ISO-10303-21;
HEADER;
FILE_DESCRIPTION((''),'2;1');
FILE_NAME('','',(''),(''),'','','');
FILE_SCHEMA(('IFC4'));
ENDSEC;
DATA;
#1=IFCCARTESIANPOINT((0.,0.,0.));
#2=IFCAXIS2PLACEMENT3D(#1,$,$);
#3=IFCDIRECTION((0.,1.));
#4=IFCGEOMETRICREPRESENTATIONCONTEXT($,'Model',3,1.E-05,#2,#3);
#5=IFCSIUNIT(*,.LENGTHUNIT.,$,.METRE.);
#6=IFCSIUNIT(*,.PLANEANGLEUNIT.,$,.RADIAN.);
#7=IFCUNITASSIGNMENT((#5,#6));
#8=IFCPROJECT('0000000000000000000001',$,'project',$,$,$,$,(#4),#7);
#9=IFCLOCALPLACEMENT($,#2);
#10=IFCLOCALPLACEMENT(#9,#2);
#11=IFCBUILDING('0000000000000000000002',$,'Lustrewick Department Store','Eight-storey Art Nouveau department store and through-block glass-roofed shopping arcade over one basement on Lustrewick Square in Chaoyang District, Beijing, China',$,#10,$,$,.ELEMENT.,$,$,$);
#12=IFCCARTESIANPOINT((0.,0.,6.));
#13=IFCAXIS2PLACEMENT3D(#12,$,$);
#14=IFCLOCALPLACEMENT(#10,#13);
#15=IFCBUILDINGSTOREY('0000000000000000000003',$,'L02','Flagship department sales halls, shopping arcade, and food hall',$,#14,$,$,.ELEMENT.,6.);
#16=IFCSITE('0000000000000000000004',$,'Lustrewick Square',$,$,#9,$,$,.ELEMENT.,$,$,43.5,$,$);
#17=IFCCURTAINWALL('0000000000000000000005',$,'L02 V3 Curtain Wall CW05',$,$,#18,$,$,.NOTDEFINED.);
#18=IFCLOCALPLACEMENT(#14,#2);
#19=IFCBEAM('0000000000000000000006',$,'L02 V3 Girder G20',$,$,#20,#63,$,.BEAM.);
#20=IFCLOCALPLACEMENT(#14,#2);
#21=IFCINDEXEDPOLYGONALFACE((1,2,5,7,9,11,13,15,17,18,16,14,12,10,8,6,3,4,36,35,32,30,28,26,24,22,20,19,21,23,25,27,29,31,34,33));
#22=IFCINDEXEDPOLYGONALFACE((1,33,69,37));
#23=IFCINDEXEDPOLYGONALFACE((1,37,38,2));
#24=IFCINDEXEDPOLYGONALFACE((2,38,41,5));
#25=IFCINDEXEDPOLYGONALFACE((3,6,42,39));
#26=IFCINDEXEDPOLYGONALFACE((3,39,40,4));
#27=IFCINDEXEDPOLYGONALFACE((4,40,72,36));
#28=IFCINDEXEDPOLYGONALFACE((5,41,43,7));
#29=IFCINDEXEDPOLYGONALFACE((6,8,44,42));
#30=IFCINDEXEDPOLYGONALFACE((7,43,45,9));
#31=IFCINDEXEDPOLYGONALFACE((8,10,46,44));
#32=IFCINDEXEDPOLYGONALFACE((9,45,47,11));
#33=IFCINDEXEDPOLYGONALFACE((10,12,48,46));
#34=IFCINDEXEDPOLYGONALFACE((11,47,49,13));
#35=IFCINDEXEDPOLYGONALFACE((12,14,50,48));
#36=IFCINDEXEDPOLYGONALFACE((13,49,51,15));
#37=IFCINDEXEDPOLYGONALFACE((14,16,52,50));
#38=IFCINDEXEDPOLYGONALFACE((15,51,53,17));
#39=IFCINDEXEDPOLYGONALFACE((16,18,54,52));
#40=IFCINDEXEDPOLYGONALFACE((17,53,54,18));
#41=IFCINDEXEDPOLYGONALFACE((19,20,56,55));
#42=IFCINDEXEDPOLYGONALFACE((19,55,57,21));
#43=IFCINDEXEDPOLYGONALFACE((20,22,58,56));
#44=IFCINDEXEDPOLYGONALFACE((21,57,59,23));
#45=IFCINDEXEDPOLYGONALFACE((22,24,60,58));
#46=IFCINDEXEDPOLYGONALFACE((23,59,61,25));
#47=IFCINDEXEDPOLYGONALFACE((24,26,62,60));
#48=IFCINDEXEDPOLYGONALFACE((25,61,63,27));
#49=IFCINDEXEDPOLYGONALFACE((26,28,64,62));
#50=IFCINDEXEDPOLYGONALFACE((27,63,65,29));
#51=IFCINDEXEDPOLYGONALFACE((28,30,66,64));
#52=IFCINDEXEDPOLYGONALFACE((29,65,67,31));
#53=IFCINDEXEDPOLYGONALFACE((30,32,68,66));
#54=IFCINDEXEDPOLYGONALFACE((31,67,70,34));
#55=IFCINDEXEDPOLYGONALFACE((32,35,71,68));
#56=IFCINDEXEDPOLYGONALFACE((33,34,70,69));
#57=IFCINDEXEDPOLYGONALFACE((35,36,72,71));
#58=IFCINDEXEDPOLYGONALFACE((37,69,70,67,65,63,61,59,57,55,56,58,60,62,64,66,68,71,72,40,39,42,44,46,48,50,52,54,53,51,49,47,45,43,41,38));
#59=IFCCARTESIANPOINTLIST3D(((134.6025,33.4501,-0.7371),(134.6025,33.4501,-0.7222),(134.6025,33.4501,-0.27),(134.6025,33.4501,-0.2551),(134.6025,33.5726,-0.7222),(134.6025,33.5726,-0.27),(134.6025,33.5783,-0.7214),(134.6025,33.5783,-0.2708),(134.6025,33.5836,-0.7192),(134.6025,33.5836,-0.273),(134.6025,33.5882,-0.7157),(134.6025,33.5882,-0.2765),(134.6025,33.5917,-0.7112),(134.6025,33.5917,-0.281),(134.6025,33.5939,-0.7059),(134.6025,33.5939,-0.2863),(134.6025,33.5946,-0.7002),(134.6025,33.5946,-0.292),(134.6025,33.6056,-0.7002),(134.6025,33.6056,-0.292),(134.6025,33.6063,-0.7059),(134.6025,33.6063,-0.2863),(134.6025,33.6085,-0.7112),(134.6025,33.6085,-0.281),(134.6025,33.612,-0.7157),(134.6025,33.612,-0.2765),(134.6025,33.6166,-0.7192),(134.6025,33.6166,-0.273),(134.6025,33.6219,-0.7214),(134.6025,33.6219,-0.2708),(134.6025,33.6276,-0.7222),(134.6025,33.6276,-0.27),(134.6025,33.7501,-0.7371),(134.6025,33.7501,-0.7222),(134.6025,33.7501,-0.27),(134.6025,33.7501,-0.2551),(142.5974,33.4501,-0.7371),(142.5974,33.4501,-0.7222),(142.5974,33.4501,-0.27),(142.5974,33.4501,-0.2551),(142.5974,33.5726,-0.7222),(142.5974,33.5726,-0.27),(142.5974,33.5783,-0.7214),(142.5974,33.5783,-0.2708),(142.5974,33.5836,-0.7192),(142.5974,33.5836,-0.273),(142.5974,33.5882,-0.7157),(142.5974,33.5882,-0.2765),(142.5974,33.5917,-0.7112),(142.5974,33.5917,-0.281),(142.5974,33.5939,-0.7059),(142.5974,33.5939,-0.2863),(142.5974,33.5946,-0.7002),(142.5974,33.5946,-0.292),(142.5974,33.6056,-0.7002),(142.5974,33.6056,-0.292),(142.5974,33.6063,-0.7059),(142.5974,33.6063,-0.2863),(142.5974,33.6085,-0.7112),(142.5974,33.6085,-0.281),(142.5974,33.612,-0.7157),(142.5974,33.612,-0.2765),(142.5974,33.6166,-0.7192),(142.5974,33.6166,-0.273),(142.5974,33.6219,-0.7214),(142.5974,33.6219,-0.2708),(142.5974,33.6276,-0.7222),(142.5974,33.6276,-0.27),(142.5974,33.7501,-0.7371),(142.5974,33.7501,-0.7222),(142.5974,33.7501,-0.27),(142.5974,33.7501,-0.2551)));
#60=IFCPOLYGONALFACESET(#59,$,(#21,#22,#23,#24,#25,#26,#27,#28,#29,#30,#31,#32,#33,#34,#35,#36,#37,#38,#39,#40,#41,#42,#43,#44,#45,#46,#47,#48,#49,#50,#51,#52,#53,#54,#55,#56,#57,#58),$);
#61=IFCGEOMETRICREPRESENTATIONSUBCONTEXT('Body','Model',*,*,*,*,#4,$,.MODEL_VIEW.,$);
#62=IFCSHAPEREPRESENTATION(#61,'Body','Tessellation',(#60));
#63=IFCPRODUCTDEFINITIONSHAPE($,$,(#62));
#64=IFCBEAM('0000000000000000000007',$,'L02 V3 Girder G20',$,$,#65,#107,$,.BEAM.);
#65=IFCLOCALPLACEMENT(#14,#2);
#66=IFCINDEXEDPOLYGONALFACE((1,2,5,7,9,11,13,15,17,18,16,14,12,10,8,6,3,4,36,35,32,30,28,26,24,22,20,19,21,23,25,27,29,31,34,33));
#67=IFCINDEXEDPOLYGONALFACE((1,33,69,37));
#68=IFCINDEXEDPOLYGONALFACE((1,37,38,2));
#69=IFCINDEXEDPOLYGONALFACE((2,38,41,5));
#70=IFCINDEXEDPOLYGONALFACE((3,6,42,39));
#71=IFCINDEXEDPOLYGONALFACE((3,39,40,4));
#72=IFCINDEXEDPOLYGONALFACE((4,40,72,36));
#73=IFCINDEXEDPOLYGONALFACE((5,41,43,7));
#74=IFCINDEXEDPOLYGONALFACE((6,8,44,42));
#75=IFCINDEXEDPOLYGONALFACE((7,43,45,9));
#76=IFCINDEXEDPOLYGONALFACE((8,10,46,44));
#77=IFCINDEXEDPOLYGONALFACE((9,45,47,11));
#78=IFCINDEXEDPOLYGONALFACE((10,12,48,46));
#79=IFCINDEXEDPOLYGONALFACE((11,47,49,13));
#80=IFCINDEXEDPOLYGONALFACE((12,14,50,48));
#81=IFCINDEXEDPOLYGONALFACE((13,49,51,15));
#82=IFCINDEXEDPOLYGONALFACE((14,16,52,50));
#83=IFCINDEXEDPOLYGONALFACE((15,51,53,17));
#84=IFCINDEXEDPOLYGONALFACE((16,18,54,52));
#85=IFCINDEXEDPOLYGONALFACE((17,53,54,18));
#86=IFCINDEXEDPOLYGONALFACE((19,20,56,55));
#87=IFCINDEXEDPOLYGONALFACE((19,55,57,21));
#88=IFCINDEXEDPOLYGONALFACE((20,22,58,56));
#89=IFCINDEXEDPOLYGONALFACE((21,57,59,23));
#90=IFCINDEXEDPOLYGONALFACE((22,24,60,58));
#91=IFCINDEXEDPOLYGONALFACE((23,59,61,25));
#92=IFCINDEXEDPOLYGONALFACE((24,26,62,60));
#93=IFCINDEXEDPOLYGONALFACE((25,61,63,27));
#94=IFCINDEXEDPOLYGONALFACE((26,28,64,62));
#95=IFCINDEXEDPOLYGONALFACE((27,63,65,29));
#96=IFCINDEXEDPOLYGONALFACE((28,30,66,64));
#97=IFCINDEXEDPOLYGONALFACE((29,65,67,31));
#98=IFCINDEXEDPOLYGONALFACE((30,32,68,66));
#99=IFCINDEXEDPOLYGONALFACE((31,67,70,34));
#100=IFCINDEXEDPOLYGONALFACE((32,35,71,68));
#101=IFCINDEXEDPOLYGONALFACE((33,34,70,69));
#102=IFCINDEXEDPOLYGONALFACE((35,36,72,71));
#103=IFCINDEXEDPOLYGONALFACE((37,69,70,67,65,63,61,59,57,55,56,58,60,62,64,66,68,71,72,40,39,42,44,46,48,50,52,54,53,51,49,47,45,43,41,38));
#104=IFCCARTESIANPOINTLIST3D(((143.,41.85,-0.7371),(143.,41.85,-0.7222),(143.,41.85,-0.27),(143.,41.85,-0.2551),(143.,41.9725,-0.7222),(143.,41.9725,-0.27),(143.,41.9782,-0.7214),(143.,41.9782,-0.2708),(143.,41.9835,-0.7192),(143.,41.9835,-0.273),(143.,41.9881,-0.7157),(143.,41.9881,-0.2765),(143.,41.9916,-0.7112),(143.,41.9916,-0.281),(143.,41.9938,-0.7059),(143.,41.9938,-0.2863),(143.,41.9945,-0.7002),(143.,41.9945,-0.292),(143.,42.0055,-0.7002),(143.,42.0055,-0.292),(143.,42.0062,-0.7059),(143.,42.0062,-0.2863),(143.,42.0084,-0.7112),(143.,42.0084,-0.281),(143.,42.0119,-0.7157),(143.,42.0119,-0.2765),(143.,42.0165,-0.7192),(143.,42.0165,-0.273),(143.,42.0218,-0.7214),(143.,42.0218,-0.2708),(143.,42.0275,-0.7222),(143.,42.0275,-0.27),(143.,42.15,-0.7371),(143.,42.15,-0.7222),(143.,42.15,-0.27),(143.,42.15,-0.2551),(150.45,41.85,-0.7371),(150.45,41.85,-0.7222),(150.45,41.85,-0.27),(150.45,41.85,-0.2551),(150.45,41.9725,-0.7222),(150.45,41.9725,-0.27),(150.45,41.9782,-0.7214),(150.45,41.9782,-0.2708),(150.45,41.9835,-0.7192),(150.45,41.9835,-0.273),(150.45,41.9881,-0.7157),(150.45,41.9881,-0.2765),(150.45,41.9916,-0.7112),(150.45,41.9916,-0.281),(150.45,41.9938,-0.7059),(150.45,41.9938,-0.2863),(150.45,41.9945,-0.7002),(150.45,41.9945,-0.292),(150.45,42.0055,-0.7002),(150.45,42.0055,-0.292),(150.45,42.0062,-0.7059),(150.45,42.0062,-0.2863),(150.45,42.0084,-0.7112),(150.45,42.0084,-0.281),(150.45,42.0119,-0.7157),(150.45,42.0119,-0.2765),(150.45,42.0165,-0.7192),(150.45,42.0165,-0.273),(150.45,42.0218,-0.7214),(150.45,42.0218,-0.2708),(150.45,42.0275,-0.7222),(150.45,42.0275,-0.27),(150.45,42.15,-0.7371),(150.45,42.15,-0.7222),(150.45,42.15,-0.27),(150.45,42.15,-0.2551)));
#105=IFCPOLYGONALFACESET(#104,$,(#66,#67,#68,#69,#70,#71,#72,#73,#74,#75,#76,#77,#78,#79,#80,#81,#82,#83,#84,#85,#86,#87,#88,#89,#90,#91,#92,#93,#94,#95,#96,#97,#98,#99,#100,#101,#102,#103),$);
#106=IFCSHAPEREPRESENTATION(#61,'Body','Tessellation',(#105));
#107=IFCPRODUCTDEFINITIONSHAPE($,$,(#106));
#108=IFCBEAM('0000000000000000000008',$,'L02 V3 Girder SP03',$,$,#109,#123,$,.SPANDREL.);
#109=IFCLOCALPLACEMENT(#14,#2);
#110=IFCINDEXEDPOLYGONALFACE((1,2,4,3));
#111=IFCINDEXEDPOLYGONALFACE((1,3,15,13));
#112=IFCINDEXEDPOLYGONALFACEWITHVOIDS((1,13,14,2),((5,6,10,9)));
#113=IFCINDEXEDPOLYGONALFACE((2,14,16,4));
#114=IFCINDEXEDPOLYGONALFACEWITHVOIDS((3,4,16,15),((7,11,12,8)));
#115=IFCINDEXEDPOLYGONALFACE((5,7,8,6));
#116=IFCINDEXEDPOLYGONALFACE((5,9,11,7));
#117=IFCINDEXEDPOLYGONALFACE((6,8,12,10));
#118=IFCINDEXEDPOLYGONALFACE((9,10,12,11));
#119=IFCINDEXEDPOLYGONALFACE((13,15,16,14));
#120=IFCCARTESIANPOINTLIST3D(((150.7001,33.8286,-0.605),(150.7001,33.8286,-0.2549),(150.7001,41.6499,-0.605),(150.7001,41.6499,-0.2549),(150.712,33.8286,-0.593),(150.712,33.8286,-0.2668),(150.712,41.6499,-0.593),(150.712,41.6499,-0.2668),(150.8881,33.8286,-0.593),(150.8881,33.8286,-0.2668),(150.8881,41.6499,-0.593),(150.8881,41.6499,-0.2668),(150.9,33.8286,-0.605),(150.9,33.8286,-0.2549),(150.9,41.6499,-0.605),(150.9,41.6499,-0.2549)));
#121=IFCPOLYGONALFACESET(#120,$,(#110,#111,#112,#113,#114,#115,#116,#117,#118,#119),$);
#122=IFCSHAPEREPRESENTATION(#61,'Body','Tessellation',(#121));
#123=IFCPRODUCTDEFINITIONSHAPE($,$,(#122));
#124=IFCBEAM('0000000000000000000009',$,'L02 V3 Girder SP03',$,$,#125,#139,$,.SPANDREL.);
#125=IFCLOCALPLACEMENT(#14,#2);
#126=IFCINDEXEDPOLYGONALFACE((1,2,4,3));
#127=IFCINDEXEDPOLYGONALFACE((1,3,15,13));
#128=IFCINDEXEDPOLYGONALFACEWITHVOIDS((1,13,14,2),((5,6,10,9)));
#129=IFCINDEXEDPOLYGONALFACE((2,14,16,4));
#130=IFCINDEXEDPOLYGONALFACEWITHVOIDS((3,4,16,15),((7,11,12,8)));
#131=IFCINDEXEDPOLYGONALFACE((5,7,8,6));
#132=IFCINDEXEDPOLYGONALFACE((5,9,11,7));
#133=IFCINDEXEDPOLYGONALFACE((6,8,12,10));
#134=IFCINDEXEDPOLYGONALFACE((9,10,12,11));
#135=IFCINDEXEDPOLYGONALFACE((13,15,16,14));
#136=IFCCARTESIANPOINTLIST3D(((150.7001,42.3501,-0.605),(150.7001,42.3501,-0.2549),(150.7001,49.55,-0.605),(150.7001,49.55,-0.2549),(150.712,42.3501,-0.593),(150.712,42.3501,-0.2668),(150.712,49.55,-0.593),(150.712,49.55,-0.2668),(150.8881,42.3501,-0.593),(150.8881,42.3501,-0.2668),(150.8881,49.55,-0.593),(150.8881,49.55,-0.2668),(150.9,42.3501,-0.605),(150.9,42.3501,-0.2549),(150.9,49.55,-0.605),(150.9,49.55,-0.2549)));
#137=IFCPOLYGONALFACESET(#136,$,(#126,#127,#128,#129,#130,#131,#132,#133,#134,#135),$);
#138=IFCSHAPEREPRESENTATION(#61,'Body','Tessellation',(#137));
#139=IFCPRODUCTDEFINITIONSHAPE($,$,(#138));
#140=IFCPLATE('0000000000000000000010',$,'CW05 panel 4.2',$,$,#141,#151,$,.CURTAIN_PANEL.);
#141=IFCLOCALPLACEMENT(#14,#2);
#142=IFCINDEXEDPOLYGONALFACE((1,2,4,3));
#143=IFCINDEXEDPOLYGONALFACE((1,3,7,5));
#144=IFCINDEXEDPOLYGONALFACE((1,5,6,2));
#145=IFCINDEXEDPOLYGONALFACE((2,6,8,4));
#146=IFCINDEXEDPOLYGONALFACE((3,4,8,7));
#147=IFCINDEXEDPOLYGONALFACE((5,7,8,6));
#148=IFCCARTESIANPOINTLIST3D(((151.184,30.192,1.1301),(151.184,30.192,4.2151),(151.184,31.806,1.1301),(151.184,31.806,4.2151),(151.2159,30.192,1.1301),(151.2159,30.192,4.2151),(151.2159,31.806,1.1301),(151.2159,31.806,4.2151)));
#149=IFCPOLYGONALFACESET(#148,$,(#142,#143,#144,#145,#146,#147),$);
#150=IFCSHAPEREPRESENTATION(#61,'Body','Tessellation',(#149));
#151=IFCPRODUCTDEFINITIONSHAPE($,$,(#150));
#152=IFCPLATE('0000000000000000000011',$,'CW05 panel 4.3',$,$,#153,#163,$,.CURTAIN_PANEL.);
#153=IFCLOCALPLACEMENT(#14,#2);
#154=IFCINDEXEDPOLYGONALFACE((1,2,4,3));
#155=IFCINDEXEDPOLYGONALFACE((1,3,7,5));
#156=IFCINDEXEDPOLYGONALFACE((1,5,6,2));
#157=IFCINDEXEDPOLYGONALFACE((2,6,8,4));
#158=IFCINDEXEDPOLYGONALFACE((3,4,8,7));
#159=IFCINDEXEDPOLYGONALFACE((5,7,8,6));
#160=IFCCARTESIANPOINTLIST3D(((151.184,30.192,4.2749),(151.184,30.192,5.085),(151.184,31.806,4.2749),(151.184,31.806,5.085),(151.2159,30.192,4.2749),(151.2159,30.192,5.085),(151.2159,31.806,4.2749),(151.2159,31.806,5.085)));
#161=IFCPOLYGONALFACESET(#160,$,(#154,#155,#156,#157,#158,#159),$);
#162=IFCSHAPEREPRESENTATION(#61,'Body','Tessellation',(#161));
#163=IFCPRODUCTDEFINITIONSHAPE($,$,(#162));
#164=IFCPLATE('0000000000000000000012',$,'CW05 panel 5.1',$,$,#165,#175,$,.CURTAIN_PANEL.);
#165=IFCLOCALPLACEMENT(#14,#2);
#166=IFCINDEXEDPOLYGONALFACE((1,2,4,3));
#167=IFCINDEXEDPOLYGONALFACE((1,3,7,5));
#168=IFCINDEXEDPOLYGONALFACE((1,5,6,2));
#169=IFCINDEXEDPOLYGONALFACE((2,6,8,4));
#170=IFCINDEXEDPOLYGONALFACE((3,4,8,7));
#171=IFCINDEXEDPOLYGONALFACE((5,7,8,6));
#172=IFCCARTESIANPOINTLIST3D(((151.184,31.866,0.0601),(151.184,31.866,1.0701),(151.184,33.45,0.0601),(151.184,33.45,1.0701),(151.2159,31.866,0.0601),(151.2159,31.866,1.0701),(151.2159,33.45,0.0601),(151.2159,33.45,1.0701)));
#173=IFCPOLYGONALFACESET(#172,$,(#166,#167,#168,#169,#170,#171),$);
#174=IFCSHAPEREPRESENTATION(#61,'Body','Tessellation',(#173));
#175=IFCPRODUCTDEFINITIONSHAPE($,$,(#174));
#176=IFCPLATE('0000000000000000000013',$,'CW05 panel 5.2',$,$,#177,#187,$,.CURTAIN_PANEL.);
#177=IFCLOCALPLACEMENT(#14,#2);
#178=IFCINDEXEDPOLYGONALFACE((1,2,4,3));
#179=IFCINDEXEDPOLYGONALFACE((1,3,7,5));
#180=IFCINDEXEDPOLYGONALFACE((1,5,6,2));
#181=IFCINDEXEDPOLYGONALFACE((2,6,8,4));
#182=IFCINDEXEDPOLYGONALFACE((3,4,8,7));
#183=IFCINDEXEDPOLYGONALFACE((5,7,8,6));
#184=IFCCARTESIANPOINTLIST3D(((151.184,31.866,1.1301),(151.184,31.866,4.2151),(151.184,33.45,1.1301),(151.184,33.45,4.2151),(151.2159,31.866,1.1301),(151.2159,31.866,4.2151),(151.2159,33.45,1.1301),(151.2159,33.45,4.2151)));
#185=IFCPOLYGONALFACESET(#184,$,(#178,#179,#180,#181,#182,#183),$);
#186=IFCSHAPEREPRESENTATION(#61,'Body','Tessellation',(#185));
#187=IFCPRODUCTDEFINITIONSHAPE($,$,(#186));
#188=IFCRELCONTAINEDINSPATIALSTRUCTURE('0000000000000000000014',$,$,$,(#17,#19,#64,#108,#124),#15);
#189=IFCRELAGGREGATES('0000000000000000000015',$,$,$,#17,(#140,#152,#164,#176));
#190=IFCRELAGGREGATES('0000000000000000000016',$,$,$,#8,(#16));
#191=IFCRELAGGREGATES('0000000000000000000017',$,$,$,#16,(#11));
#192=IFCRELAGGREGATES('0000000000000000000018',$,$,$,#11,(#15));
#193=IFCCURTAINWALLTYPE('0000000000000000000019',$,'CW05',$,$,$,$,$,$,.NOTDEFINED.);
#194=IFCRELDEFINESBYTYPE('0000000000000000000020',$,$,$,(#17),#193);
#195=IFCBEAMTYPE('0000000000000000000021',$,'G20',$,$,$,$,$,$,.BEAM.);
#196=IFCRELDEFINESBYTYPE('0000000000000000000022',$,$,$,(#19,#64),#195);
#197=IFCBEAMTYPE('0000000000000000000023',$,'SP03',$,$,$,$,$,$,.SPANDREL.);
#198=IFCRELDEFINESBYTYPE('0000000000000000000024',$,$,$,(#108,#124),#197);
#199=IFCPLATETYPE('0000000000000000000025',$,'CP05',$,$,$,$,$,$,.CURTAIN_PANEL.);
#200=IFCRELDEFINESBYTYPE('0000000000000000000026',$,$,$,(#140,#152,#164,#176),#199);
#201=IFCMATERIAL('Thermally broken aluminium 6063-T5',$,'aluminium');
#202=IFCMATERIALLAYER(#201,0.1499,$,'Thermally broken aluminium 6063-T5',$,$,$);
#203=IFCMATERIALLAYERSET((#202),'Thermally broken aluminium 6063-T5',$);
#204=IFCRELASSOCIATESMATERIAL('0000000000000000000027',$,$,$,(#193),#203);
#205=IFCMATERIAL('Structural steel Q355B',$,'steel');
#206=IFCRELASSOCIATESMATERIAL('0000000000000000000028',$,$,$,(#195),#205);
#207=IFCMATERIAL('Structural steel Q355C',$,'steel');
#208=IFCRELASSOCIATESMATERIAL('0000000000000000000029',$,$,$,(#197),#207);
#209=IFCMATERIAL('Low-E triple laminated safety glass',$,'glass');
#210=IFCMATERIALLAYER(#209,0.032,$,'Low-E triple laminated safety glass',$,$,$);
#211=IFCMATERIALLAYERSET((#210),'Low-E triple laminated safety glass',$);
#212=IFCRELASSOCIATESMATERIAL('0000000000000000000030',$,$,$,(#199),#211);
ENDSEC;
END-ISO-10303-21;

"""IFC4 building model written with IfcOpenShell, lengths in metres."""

from ifc_helpers import new_model, si_unit, direction, frame, origin, origin_2d, place, context, subcontext, project, spatial, rectangle, hollow_rectangle, i_section, extrude, material, layer, layer_set, material_profile, profile_set, type_object, element, aggregate, save


model = new_model("IFC4")

# Units and contexts
model_context = context("Model", 3, precision=1e-05, world=origin(), true_north=direction((0.0, 1.0)))
body_context = subcontext(model_context, "Body", "Model", "MODEL_VIEW")
ifc_project = project(units=[si_unit("LENGTHUNIT", "METRE"), si_unit("PLANEANGLEUNIT", "RADIAN")], contexts=[model_context])

# Site, building, storey
site_placement = place(None, origin())
site = spatial("IfcSite", under=ifc_project, at=site_placement, Name="Lustrewick Square", CompositionType="ELEMENT", RefElevation=43.5)
building_placement = place(site_placement, origin())
building = spatial("IfcBuilding", under=site, at=building_placement, Name="Lustrewick Department Store", Description="Eight-storey Art Nouveau department store and through-block glass-roofed shopping arcade over one basement on Lustrewick Square in Chaoyang District, Beijing, China", CompositionType="ELEMENT")
storey_placement = place(building_placement, frame((0.0, 0.0, 6.0)))
storey = spatial("IfcBuildingStorey", under=building, at=storey_placement, Name="L02", Description="Flagship department sales halls, shopping arcade, and food hall", CompositionType="ELEMENT", Elevation=6.0)

# Shared definitions
ifc_material_1 = material(Name="Structural steel Q355B", Category="steel")
ifc_material_2 = material(Name="Structural steel Q355C", Category="steel")

# Curtain wall
ifc_material_3 = material(Name="Thermally broken aluminium 6063-T5", Category="aluminium")
ifc_layer_1 = layer(ifc_material_3, 0.1499, Name="Thermally broken aluminium 6063-T5")
ifc_layer_set_1 = layer_set([ifc_layer_1], Name="Thermally broken aluminium 6063-T5")
curtain_wall_type_1 = type_object("IfcCurtainWallType", Name="CW05", PredefinedType="NOTDEFINED", material=ifc_layer_set_1)
curtain_wall_1_placement = place(storey_placement, origin())
curtain_wall_1 = element("IfcCurtainWall", 1, at=curtain_wall_1_placement, inside=storey, type_object=curtain_wall_type_1, Name="L02 V3 Curtain Wall CW05", PredefinedType="NOTDEFINED")

# Beams
ifc_material_profile_1 = material_profile(ifc_material_1, i_section(OverallWidth=0.3, OverallDepth=0.4819, WebThickness=0.011, FlangeThickness=0.0149, FilletRadius=0.022, at=origin_2d()), Name="HM 482x300x11x15")
ifc_profile_set_1 = profile_set([ifc_material_profile_1], Name="Structural steel Q355B")
beam_type_1 = type_object("IfcBeamType", Name="G20", PredefinedType="BEAM", material=ifc_profile_set_1)
beam_1_placement = place(storey_placement, frame((134.6025, 33.6001, -0.4961), z_axis=(1.0, 0.0, 0.0), x_axis=(0.0, 1.0, 0.0)))
element("IfcBeam", 2, at=beam_1_placement, inside=storey, type_object=beam_type_1, Name="L02 V3 Girder G20", PredefinedType="BEAM", context=body_context, shape_type="SweptSolid", body=[
    extrude(i_section(OverallWidth=0.3, OverallDepth=0.4819, WebThickness=0.011, FlangeThickness=0.0149, FilletRadius=0.022, at=origin_2d()), origin(), (0.0, 0.0, 1.0), 7.9949),
])
beam_2_placement = place(storey_placement, frame((143.0, 42.0, -0.4961), z_axis=(1.0, 0.0, 0.0), x_axis=(0.0, 1.0, 0.0)))
element("IfcBeam", 3, at=beam_2_placement, inside=storey, type_object=beam_type_1, Name="L02 V3 Girder G20", PredefinedType="BEAM", context=body_context, shape_type="SweptSolid", body=[
    extrude(i_section(OverallWidth=0.3, OverallDepth=0.4819, WebThickness=0.011, FlangeThickness=0.0149, FilletRadius=0.022, at=origin_2d()), origin(), (0.0, 0.0, 1.0), 7.45),
])
ifc_material_profile_2 = material_profile(ifc_material_2, hollow_rectangle(XDim=0.2, YDim=0.3501, WallThickness=0.012, at=origin_2d()), Name="RHS 350x200x12")
ifc_profile_set_2 = profile_set([ifc_material_profile_2], Name="Structural steel Q355C")
beam_type_2 = type_object("IfcBeamType", Name="SP03", PredefinedType="SPANDREL", material=ifc_profile_set_2)
beam_3_placement = place(storey_placement, frame((150.8, 33.8286, -0.4299), z_axis=(0.0, 1.0, 0.0), x_axis=(-1.0, 0.0, 0.0)))
element("IfcBeam", 4, at=beam_3_placement, inside=storey, type_object=beam_type_2, Name="L02 V3 Girder SP03", PredefinedType="SPANDREL", context=body_context, shape_type="SweptSolid", body=[
    extrude(hollow_rectangle(XDim=0.2, YDim=0.3501, WallThickness=0.012, at=origin_2d()), origin(), (0.0, 0.0, 1.0), 7.8213),
])
beam_4_placement = place(storey_placement, frame((150.8, 42.3501, -0.4299), z_axis=(0.0, 1.0, 0.0), x_axis=(-1.0, 0.0, 0.0)))
element("IfcBeam", 5, at=beam_4_placement, inside=storey, type_object=beam_type_2, Name="L02 V3 Girder SP03", PredefinedType="SPANDREL", context=body_context, shape_type="SweptSolid", body=[
    extrude(hollow_rectangle(XDim=0.2, YDim=0.3501, WallThickness=0.012, at=origin_2d()), origin(), (0.0, 0.0, 1.0), 7.2),
])

# Plates
ifc_material_4 = material(Name="Low-E triple laminated safety glass", Category="glass")
ifc_layer_2 = layer(ifc_material_4, 0.032, Name="Low-E triple laminated safety glass")
ifc_layer_set_2 = layer_set([ifc_layer_2], Name="Low-E triple laminated safety glass")
plate_type = type_object("IfcPlateType", Name="CP05", PredefinedType="CURTAIN_PANEL", material=ifc_layer_set_2)
plate_1_placement = place(storey_placement, frame((151.2, 30.999, 1.1301), z_axis=(0.0, 0.0, 1.0), x_axis=(0.0, 1.0, 0.0)))
plate_1 = element("IfcPlate", 6, at=plate_1_placement, type_object=plate_type, Name="CW05 panel 4.2", PredefinedType="CURTAIN_PANEL", context=body_context, shape_type="SweptSolid", body=[
    extrude(rectangle(XDim=1.614, YDim=0.032, at=origin_2d()), origin(), (0.0, 0.0, 1.0), 3.085),
])
plate_2_placement = place(storey_placement, frame((151.2, 30.999, 4.2749), z_axis=(0.0, 0.0, 1.0), x_axis=(0.0, 1.0, 0.0)))
plate_2 = element("IfcPlate", 7, at=plate_2_placement, type_object=plate_type, Name="CW05 panel 4.3", PredefinedType="CURTAIN_PANEL", context=body_context, shape_type="SweptSolid", body=[
    extrude(rectangle(XDim=1.614, YDim=0.032, at=origin_2d()), origin(), (0.0, 0.0, 1.0), 0.8101),
])
plate_3_placement = place(storey_placement, frame((151.2, 32.658, 0.0601), z_axis=(0.0, 0.0, 1.0), x_axis=(0.0, 1.0, 0.0)))
plate_3 = element("IfcPlate", 8, at=plate_3_placement, type_object=plate_type, Name="CW05 panel 5.1", PredefinedType="CURTAIN_PANEL", context=body_context, shape_type="SweptSolid", body=[
    extrude(rectangle(XDim=1.584, YDim=0.032, at=origin_2d()), origin(), (0.0, 0.0, 1.0), 1.01),
])
plate_4_placement = place(storey_placement, frame((151.2, 32.658, 1.1301), z_axis=(0.0, 0.0, 1.0), x_axis=(0.0, 1.0, 0.0)))
plate_4 = element("IfcPlate", 9, at=plate_4_placement, type_object=plate_type, Name="CW05 panel 5.2", PredefinedType="CURTAIN_PANEL", context=body_context, shape_type="SweptSolid", body=[
    extrude(rectangle(XDim=1.584, YDim=0.032, at=origin_2d()), origin(), (0.0, 0.0, 1.0), 3.085),
])
aggregate(curtain_wall_1, [plate_1, plate_2, plate_3, plate_4])

save(model, "model.ifc")
